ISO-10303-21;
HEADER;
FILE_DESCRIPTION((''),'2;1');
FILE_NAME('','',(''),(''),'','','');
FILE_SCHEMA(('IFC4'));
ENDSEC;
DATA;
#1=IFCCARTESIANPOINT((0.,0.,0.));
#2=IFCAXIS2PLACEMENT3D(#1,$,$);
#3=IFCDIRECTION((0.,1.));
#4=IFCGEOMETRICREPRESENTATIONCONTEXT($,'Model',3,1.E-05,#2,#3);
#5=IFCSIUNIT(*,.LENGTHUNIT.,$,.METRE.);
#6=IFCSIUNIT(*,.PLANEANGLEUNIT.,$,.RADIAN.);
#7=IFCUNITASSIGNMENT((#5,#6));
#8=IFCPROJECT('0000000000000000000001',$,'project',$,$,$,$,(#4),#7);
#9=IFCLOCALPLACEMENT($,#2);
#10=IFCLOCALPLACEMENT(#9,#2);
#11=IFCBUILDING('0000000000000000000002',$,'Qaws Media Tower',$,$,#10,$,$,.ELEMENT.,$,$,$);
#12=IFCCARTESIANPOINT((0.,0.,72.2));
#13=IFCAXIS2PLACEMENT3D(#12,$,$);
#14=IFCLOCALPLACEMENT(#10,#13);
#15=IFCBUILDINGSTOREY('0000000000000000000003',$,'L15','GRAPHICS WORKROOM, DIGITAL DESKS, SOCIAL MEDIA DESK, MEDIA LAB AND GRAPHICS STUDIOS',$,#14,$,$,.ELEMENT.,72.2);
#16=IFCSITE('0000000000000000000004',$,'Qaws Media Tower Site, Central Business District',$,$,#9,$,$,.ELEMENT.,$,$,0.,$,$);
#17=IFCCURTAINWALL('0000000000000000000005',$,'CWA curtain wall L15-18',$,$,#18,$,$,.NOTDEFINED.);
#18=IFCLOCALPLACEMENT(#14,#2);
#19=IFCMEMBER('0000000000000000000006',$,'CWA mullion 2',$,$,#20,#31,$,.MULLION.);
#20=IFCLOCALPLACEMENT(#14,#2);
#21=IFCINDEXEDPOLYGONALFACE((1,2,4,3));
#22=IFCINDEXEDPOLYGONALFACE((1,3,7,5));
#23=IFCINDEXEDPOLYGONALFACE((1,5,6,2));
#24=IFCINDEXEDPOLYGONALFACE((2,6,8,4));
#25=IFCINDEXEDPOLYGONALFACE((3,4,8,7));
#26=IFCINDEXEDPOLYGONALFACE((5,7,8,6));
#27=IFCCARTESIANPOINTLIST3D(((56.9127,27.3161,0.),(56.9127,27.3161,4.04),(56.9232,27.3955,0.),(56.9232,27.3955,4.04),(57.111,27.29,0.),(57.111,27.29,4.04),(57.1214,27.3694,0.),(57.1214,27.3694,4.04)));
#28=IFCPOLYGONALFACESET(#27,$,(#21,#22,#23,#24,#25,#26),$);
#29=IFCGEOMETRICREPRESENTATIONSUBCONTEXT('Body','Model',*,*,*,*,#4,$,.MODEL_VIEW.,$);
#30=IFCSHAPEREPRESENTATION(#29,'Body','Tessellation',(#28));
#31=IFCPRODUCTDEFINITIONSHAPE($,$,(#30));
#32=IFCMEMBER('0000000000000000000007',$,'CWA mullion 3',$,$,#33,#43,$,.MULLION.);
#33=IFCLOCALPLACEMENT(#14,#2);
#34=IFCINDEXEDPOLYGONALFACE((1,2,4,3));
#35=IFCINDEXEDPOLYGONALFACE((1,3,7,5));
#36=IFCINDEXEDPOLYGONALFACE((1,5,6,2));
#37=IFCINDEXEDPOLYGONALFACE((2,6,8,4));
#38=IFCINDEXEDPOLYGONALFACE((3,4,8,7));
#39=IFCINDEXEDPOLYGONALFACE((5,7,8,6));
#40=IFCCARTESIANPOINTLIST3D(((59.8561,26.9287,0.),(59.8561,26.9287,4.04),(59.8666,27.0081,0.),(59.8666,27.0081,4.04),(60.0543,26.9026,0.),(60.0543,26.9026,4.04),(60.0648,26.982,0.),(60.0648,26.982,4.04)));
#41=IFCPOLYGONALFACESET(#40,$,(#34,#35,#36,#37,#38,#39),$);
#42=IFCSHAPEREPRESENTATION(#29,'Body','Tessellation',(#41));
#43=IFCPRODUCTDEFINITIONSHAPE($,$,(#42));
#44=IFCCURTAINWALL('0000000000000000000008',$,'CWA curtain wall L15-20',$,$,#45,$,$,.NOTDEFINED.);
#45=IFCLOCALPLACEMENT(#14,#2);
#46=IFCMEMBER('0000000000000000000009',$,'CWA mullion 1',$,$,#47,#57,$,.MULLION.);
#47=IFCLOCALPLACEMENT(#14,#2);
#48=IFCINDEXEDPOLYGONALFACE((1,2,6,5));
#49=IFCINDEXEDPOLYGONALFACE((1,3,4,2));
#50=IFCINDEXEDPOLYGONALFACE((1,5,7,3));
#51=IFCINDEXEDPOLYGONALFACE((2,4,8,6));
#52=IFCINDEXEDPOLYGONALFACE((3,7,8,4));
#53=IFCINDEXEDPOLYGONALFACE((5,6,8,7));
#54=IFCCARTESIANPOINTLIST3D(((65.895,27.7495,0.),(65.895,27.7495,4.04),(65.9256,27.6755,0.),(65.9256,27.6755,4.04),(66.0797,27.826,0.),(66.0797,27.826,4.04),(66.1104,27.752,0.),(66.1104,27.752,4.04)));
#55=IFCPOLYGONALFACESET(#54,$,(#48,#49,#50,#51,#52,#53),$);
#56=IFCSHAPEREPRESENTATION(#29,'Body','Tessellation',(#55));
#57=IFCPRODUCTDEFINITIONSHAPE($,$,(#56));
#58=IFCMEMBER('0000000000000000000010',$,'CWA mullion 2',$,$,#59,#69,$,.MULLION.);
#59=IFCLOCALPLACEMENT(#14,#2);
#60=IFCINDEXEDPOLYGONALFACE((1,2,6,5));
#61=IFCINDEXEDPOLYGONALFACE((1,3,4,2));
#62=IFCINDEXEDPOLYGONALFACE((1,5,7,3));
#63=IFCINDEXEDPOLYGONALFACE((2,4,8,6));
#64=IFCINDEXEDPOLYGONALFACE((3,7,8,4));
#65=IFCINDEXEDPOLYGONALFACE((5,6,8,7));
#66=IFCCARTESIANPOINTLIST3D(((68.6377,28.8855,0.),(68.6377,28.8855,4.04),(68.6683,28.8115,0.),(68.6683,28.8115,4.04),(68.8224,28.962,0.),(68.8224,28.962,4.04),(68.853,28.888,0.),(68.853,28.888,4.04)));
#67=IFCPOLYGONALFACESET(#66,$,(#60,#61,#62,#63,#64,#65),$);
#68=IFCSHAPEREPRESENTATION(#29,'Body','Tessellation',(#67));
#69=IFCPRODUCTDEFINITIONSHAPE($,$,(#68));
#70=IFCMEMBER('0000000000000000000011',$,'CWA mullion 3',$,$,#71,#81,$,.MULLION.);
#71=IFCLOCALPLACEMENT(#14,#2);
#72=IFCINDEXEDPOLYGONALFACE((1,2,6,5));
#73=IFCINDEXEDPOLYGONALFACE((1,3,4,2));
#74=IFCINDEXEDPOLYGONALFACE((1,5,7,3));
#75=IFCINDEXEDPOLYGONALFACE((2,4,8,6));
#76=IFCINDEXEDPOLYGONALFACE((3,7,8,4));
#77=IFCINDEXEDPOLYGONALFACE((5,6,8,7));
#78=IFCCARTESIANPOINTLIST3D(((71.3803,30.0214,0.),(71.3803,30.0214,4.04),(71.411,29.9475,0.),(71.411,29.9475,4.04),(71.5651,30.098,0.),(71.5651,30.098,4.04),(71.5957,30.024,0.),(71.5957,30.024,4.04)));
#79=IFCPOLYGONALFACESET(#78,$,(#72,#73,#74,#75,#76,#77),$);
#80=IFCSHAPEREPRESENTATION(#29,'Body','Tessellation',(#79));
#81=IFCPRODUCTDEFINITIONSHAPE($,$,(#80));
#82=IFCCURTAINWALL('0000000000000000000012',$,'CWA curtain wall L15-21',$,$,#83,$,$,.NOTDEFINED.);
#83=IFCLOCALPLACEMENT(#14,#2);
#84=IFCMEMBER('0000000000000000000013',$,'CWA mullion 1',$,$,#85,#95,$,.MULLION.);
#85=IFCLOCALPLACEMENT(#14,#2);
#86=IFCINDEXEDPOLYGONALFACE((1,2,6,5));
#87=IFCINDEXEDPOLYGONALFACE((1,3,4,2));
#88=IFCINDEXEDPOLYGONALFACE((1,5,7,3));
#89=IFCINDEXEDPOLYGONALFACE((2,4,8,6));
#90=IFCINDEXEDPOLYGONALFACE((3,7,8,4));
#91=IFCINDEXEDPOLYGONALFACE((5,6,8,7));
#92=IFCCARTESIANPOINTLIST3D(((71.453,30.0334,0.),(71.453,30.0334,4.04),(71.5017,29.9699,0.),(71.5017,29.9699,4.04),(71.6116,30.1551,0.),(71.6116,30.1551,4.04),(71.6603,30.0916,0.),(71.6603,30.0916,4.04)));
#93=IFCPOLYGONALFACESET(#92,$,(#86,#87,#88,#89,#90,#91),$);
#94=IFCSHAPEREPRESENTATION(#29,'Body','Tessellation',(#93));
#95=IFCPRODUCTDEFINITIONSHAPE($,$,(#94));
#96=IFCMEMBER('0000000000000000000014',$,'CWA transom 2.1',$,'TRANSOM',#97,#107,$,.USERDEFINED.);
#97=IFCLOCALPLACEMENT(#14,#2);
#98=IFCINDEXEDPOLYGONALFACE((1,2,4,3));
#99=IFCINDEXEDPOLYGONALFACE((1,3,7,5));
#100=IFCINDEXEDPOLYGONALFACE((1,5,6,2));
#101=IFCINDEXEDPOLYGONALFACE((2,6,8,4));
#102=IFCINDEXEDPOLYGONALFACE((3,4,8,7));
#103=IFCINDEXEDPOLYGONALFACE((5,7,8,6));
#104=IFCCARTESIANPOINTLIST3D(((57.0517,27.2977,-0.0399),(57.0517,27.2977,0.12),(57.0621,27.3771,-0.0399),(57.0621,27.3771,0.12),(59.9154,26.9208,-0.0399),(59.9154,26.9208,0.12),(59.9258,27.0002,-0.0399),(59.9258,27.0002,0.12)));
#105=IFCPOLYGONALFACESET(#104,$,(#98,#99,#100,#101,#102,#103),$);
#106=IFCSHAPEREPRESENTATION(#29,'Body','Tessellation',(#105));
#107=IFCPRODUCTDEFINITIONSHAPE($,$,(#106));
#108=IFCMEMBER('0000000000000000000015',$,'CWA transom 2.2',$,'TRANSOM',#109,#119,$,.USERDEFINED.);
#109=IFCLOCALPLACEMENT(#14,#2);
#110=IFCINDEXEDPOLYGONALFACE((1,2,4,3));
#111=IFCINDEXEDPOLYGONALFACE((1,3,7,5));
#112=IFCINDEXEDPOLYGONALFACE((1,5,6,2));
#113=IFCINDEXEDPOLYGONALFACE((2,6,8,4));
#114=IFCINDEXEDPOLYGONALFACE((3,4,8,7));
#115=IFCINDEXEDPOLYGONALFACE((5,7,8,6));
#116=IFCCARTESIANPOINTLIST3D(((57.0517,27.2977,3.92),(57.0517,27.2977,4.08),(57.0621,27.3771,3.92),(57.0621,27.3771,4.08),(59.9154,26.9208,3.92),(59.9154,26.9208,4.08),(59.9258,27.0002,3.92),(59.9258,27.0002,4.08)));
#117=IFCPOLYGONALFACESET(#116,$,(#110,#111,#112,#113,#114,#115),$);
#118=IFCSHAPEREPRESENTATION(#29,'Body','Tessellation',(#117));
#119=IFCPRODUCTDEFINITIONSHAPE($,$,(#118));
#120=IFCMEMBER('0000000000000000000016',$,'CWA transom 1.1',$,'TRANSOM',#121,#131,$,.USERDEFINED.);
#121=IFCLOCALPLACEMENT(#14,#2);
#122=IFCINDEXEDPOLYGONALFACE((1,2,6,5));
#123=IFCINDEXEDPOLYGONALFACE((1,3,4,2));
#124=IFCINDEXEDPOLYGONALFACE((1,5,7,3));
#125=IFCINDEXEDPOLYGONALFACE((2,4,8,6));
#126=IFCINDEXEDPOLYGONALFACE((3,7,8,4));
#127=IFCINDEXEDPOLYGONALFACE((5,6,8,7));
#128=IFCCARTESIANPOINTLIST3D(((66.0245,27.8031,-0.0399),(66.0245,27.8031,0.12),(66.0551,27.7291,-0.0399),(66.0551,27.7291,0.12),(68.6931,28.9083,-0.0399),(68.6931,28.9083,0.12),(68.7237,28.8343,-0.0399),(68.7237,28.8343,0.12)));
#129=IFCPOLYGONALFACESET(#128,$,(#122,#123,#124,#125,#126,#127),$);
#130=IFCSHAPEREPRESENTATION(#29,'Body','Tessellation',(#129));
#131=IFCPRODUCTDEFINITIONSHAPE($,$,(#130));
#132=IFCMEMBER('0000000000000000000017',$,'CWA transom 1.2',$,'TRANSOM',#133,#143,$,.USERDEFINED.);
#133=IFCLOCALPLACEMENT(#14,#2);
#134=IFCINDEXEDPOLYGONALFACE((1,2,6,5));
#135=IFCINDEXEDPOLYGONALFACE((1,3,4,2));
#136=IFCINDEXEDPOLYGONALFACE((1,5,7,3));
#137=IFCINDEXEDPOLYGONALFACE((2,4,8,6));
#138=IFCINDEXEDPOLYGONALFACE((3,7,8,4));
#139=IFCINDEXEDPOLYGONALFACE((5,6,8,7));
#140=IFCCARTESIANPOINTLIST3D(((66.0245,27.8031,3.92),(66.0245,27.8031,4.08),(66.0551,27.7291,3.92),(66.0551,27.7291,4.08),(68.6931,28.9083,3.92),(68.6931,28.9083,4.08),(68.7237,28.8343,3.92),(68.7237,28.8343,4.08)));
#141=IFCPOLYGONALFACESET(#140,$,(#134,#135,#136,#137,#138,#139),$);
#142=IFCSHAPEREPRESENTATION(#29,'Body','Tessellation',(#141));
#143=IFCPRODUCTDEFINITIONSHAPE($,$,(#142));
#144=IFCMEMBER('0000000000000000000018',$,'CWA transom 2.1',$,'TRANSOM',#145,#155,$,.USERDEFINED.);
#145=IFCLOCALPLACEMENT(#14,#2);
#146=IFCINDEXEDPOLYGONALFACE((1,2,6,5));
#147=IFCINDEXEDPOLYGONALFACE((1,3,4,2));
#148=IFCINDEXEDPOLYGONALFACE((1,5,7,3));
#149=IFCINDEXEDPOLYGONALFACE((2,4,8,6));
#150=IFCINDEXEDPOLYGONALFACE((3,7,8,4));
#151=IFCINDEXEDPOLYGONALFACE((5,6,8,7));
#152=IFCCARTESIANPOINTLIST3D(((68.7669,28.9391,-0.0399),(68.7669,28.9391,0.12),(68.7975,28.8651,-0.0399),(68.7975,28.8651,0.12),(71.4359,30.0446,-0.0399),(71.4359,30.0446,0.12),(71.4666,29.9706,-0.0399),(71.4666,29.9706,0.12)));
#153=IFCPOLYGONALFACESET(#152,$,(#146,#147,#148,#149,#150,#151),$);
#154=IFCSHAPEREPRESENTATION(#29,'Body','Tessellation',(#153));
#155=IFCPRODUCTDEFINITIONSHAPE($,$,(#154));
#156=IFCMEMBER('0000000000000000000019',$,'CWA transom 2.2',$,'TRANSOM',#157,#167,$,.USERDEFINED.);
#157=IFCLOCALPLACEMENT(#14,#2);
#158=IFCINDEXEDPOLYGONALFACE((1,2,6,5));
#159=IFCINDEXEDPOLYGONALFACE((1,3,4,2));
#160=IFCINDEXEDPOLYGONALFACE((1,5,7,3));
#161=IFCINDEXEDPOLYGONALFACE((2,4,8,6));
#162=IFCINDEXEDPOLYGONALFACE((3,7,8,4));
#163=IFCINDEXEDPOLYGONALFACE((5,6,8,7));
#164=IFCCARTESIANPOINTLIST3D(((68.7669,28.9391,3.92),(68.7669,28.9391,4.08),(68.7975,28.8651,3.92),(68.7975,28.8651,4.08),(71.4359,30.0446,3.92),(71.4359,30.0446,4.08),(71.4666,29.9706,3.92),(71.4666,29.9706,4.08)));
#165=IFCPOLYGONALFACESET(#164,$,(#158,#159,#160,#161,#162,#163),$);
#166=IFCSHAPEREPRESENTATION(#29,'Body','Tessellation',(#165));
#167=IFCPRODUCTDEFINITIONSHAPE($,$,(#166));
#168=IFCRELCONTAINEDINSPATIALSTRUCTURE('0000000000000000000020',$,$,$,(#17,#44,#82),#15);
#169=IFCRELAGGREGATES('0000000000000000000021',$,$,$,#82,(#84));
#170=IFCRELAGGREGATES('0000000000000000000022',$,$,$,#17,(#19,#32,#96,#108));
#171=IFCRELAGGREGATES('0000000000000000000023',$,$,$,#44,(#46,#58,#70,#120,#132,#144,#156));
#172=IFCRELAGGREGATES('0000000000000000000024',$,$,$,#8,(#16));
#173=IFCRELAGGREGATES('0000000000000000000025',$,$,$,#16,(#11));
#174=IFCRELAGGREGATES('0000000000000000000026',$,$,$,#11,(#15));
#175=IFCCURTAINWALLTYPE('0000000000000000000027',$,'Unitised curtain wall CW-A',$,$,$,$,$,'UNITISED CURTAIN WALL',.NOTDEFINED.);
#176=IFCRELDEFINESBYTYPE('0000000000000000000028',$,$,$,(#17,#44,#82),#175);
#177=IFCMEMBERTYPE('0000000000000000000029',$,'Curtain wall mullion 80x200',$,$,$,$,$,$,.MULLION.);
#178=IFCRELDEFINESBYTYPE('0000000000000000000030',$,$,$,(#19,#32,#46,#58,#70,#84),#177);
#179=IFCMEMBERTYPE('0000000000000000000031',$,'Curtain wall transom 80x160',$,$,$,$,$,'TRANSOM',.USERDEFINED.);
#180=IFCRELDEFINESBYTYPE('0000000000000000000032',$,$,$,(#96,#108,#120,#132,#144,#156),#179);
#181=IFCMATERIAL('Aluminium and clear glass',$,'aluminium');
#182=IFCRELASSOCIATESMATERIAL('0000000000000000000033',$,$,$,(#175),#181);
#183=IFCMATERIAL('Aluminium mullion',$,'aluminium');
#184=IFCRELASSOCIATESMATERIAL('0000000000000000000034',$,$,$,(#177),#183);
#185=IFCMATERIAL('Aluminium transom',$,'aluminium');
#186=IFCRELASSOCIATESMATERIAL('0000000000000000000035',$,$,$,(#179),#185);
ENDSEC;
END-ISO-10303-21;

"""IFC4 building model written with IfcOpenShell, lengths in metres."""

from ifc_helpers import new_model, si_unit, direction, frame, origin, origin_2d, place, context, subcontext, project, spatial, rectangle, extrude, material, material_profile, profile_set, type_object, element, aggregate, save


model = new_model("IFC4")

# Units and contexts
model_context = context("Model", 3, precision=1e-05, world=origin(), true_north=direction((0.0, 1.0)))
body_context = subcontext(model_context, "Body", "Model", "MODEL_VIEW")
ifc_project = project(units=[si_unit("LENGTHUNIT", "METRE"), si_unit("PLANEANGLEUNIT", "RADIAN")], contexts=[model_context])

# Site, building, storey
site_placement = place(None, origin())
site = spatial("IfcSite", under=ifc_project, at=site_placement, Name="Qaws Media Tower Site, Central Business District", CompositionType="ELEMENT", RefElevation=0.0)
building_placement = place(site_placement, origin())
building = spatial("IfcBuilding", under=site, at=building_placement, Name="Qaws Media Tower", CompositionType="ELEMENT")
storey_placement = place(building_placement, frame((0.0, 0.0, 72.2)))
storey = spatial("IfcBuildingStorey", under=building, at=storey_placement, Name="L15", Description="GRAPHICS WORKROOM, DIGITAL DESKS, SOCIAL MEDIA DESK, MEDIA LAB AND GRAPHICS STUDIOS", CompositionType="ELEMENT", Elevation=72.2)

# Curtain walls, members
ifc_material_1 = material(Name="Aluminium and clear glass", Category="aluminium")
curtain_wall_type = type_object("IfcCurtainWallType", Name="Unitised curtain wall CW-A", ElementType="UNITISED CURTAIN WALL", PredefinedType="NOTDEFINED", material=ifc_material_1)
curtain_wall_1_placement = place(storey_placement, origin())
curtain_wall_1 = element("IfcCurtainWall", 1, at=curtain_wall_1_placement, inside=storey, type_object=curtain_wall_type, Name="CWA curtain wall L15-18", PredefinedType="NOTDEFINED")
ifc_material_2 = material(Name="Aluminium mullion", Category="aluminium")
ifc_material_profile_1 = material_profile(ifc_material_2, rectangle(XDim=0.0801, YDim=0.2, at=origin_2d()), Name="80x200")
ifc_profile_set_1 = profile_set([ifc_material_profile_1], Name="Aluminium mullion")
member_type_1 = type_object("IfcMemberType", Name="Curtain wall mullion 80x200", PredefinedType="MULLION", material=ifc_profile_set_1)
member_1_placement = place(storey_placement, frame((57.0171, 27.3428, 0.0), z_axis=(0.0, 0.0, 1.0), x_axis=(0.130526, 0.991445, 0.0)))
member_1 = element("IfcMember", 2, at=member_1_placement, type_object=member_type_1, Name="CWA mullion 2", PredefinedType="MULLION", context=body_context, shape_type="SweptSolid", body=[
    extrude(rectangle(XDim=0.0801, YDim=0.2, at=origin_2d()), origin(), (0.0, 0.0, 1.0), 4.04),
])
member_2_placement = place(storey_placement, frame((59.9604, 26.9553, 0.0), z_axis=(0.0, 0.0, 1.0), x_axis=(0.130526, 0.991445, 0.0)))
member_2 = element("IfcMember", 3, at=member_2_placement, type_object=member_type_1, Name="CWA mullion 3", PredefinedType="MULLION", context=body_context, shape_type="SweptSolid", body=[
    extrude(rectangle(XDim=0.0801, YDim=0.2, at=origin_2d()), origin(), (0.0, 0.0, 1.0), 4.04),
])
curtain_wall_2_placement = place(storey_placement, origin())
curtain_wall_2 = element("IfcCurtainWall", 4, at=curtain_wall_2_placement, inside=storey, type_object=curtain_wall_type, Name="CWA curtain wall L15-20", PredefinedType="NOTDEFINED")
member_3_placement = place(storey_placement, frame((66.0027, 27.7507, 0.0), z_axis=(0.0, 0.0, 1.0), x_axis=(-0.382683, 0.92388, 0.0)))
member_3 = element("IfcMember", 5, at=member_3_placement, type_object=member_type_1, Name="CWA mullion 1", PredefinedType="MULLION", context=body_context, shape_type="SweptSolid", body=[
    extrude(rectangle(XDim=0.0801, YDim=0.2, at=origin_2d()), origin(), (0.0, 0.0, 1.0), 4.04),
])
member_4_placement = place(storey_placement, frame((68.7454, 28.8867, 0.0), z_axis=(0.0, 0.0, 1.0), x_axis=(-0.382683, 0.92388, 0.0)))
member_4 = element("IfcMember", 6, at=member_4_placement, type_object=member_type_1, Name="CWA mullion 2", PredefinedType="MULLION", context=body_context, shape_type="SweptSolid", body=[
    extrude(rectangle(XDim=0.0801, YDim=0.2, at=origin_2d()), origin(), (0.0, 0.0, 1.0), 4.04),
])
member_5_placement = place(storey_placement, frame((71.488, 30.0227, 0.0), z_axis=(0.0, 0.0, 1.0), x_axis=(-0.382683, 0.92388, 0.0)))
member_5 = element("IfcMember", 7, at=member_5_placement, type_object=member_type_1, Name="CWA mullion 3", PredefinedType="MULLION", context=body_context, shape_type="SweptSolid", body=[
    extrude(rectangle(XDim=0.0801, YDim=0.2, at=origin_2d()), origin(), (0.0, 0.0, 1.0), 4.04),
])

# Curtain wall, member
curtain_wall_3_placement = place(storey_placement, origin())
curtain_wall_3 = element("IfcCurtainWall", 8, at=curtain_wall_3_placement, inside=storey, type_object=curtain_wall_type, Name="CWA curtain wall L15-21", PredefinedType="NOTDEFINED")
member_6_placement = place(storey_placement, frame((71.5566, 30.0625, 0.0), z_axis=(0.0, 0.0, 1.0), x_axis=(-0.608762, 0.793353, 0.0)))
member_6 = element("IfcMember", 9, at=member_6_placement, type_object=member_type_1, Name="CWA mullion 1", PredefinedType="MULLION", context=body_context, shape_type="SweptSolid", body=[
    extrude(rectangle(XDim=0.0801, YDim=0.2, at=origin_2d()), origin(), (0.0, 0.0, 1.0), 4.04),
])
aggregate(curtain_wall_3, [member_6])

# Members
ifc_material_3 = material(Name="Aluminium transom", Category="aluminium")
ifc_material_profile_2 = material_profile(ifc_material_3, rectangle(XDim=0.0801, YDim=0.1599, at=origin_2d()), Name="80x160")
ifc_profile_set_2 = profile_set([ifc_material_profile_2], Name="Aluminium transom")
member_type_2 = type_object("IfcMemberType", Name="Curtain wall transom 80x160", ElementType="TRANSOM", PredefinedType="USERDEFINED", material=ifc_profile_set_2)
member_7_placement = place(storey_placement, frame((57.0569, 27.3374, 0.04), z_axis=(0.991448, -0.130503, 0.0), x_axis=(0.130503, 0.991448, 0.0)))
member_7 = element("IfcMember", 10, at=member_7_placement, type_object=member_type_2, Name="CWA transom 2.1", ObjectType="TRANSOM", PredefinedType="USERDEFINED", context=body_context, shape_type="SweptSolid", body=[
    extrude(rectangle(XDim=0.0801, YDim=0.1599, at=origin_2d()), origin(), (0.0, 0.0, 1.0), 2.8884),
])
member_8_placement = place(storey_placement, frame((57.0569, 27.3374, 4.0), z_axis=(0.991448, -0.130503, 0.0), x_axis=(0.130503, 0.991448, 0.0)))
member_8 = element("IfcMember", 11, at=member_8_placement, type_object=member_type_2, Name="CWA transom 2.2", ObjectType="TRANSOM", PredefinedType="USERDEFINED", context=body_context, shape_type="SweptSolid", body=[
    extrude(rectangle(XDim=0.0801, YDim=0.1599, at=origin_2d()), origin(), (0.0, 0.0, 1.0), 2.8884),
])
member_9_placement = place(storey_placement, frame((66.0398, 27.7661, 0.04), z_axis=(0.923902, 0.382628, 0.0), x_axis=(-0.382628, 0.923902, 0.0)))
member_9 = element("IfcMember", 12, at=member_9_placement, type_object=member_type_2, Name="CWA transom 1.1", ObjectType="TRANSOM", PredefinedType="USERDEFINED", context=body_context, shape_type="SweptSolid", body=[
    extrude(rectangle(XDim=0.0801, YDim=0.1599, at=origin_2d()), origin(), (0.0, 0.0, 1.0), 2.8884),
])
member_10_placement = place(storey_placement, frame((66.0398, 27.7661, 4.0), z_axis=(0.923902, 0.382628, 0.0), x_axis=(-0.382628, 0.923902, 0.0)))
member_10 = element("IfcMember", 13, at=member_10_placement, type_object=member_type_2, Name="CWA transom 1.2", ObjectType="TRANSOM", PredefinedType="USERDEFINED", context=body_context, shape_type="SweptSolid", body=[
    extrude(rectangle(XDim=0.0801, YDim=0.1599, at=origin_2d()), origin(), (0.0, 0.0, 1.0), 2.8884),
])
member_11_placement = place(storey_placement, frame((68.7822, 28.9021, 0.04), z_axis=(0.923885, 0.38267, 0.0), x_axis=(-0.38267, 0.923885, 0.0)))
member_11 = element("IfcMember", 14, at=member_11_placement, type_object=member_type_2, Name="CWA transom 2.1", ObjectType="TRANSOM", PredefinedType="USERDEFINED", context=body_context, shape_type="SweptSolid", body=[
    extrude(rectangle(XDim=0.0801, YDim=0.1599, at=origin_2d()), origin(), (0.0, 0.0, 1.0), 2.8889),
])
member_12_placement = place(storey_placement, frame((68.7822, 28.9021, 4.0), z_axis=(0.923885, 0.38267, 0.0), x_axis=(-0.38267, 0.923885, 0.0)))
member_12 = element("IfcMember", 15, at=member_12_placement, type_object=member_type_2, Name="CWA transom 2.2", ObjectType="TRANSOM", PredefinedType="USERDEFINED", context=body_context, shape_type="SweptSolid", body=[
    extrude(rectangle(XDim=0.0801, YDim=0.1599, at=origin_2d()), origin(), (0.0, 0.0, 1.0), 2.8889),
])

aggregate(curtain_wall_1, [member_1, member_2, member_7, member_8])
aggregate(curtain_wall_2, [member_3, member_4, member_5, member_9, member_10, member_11, member_12])

save(model, "model.ifc")
